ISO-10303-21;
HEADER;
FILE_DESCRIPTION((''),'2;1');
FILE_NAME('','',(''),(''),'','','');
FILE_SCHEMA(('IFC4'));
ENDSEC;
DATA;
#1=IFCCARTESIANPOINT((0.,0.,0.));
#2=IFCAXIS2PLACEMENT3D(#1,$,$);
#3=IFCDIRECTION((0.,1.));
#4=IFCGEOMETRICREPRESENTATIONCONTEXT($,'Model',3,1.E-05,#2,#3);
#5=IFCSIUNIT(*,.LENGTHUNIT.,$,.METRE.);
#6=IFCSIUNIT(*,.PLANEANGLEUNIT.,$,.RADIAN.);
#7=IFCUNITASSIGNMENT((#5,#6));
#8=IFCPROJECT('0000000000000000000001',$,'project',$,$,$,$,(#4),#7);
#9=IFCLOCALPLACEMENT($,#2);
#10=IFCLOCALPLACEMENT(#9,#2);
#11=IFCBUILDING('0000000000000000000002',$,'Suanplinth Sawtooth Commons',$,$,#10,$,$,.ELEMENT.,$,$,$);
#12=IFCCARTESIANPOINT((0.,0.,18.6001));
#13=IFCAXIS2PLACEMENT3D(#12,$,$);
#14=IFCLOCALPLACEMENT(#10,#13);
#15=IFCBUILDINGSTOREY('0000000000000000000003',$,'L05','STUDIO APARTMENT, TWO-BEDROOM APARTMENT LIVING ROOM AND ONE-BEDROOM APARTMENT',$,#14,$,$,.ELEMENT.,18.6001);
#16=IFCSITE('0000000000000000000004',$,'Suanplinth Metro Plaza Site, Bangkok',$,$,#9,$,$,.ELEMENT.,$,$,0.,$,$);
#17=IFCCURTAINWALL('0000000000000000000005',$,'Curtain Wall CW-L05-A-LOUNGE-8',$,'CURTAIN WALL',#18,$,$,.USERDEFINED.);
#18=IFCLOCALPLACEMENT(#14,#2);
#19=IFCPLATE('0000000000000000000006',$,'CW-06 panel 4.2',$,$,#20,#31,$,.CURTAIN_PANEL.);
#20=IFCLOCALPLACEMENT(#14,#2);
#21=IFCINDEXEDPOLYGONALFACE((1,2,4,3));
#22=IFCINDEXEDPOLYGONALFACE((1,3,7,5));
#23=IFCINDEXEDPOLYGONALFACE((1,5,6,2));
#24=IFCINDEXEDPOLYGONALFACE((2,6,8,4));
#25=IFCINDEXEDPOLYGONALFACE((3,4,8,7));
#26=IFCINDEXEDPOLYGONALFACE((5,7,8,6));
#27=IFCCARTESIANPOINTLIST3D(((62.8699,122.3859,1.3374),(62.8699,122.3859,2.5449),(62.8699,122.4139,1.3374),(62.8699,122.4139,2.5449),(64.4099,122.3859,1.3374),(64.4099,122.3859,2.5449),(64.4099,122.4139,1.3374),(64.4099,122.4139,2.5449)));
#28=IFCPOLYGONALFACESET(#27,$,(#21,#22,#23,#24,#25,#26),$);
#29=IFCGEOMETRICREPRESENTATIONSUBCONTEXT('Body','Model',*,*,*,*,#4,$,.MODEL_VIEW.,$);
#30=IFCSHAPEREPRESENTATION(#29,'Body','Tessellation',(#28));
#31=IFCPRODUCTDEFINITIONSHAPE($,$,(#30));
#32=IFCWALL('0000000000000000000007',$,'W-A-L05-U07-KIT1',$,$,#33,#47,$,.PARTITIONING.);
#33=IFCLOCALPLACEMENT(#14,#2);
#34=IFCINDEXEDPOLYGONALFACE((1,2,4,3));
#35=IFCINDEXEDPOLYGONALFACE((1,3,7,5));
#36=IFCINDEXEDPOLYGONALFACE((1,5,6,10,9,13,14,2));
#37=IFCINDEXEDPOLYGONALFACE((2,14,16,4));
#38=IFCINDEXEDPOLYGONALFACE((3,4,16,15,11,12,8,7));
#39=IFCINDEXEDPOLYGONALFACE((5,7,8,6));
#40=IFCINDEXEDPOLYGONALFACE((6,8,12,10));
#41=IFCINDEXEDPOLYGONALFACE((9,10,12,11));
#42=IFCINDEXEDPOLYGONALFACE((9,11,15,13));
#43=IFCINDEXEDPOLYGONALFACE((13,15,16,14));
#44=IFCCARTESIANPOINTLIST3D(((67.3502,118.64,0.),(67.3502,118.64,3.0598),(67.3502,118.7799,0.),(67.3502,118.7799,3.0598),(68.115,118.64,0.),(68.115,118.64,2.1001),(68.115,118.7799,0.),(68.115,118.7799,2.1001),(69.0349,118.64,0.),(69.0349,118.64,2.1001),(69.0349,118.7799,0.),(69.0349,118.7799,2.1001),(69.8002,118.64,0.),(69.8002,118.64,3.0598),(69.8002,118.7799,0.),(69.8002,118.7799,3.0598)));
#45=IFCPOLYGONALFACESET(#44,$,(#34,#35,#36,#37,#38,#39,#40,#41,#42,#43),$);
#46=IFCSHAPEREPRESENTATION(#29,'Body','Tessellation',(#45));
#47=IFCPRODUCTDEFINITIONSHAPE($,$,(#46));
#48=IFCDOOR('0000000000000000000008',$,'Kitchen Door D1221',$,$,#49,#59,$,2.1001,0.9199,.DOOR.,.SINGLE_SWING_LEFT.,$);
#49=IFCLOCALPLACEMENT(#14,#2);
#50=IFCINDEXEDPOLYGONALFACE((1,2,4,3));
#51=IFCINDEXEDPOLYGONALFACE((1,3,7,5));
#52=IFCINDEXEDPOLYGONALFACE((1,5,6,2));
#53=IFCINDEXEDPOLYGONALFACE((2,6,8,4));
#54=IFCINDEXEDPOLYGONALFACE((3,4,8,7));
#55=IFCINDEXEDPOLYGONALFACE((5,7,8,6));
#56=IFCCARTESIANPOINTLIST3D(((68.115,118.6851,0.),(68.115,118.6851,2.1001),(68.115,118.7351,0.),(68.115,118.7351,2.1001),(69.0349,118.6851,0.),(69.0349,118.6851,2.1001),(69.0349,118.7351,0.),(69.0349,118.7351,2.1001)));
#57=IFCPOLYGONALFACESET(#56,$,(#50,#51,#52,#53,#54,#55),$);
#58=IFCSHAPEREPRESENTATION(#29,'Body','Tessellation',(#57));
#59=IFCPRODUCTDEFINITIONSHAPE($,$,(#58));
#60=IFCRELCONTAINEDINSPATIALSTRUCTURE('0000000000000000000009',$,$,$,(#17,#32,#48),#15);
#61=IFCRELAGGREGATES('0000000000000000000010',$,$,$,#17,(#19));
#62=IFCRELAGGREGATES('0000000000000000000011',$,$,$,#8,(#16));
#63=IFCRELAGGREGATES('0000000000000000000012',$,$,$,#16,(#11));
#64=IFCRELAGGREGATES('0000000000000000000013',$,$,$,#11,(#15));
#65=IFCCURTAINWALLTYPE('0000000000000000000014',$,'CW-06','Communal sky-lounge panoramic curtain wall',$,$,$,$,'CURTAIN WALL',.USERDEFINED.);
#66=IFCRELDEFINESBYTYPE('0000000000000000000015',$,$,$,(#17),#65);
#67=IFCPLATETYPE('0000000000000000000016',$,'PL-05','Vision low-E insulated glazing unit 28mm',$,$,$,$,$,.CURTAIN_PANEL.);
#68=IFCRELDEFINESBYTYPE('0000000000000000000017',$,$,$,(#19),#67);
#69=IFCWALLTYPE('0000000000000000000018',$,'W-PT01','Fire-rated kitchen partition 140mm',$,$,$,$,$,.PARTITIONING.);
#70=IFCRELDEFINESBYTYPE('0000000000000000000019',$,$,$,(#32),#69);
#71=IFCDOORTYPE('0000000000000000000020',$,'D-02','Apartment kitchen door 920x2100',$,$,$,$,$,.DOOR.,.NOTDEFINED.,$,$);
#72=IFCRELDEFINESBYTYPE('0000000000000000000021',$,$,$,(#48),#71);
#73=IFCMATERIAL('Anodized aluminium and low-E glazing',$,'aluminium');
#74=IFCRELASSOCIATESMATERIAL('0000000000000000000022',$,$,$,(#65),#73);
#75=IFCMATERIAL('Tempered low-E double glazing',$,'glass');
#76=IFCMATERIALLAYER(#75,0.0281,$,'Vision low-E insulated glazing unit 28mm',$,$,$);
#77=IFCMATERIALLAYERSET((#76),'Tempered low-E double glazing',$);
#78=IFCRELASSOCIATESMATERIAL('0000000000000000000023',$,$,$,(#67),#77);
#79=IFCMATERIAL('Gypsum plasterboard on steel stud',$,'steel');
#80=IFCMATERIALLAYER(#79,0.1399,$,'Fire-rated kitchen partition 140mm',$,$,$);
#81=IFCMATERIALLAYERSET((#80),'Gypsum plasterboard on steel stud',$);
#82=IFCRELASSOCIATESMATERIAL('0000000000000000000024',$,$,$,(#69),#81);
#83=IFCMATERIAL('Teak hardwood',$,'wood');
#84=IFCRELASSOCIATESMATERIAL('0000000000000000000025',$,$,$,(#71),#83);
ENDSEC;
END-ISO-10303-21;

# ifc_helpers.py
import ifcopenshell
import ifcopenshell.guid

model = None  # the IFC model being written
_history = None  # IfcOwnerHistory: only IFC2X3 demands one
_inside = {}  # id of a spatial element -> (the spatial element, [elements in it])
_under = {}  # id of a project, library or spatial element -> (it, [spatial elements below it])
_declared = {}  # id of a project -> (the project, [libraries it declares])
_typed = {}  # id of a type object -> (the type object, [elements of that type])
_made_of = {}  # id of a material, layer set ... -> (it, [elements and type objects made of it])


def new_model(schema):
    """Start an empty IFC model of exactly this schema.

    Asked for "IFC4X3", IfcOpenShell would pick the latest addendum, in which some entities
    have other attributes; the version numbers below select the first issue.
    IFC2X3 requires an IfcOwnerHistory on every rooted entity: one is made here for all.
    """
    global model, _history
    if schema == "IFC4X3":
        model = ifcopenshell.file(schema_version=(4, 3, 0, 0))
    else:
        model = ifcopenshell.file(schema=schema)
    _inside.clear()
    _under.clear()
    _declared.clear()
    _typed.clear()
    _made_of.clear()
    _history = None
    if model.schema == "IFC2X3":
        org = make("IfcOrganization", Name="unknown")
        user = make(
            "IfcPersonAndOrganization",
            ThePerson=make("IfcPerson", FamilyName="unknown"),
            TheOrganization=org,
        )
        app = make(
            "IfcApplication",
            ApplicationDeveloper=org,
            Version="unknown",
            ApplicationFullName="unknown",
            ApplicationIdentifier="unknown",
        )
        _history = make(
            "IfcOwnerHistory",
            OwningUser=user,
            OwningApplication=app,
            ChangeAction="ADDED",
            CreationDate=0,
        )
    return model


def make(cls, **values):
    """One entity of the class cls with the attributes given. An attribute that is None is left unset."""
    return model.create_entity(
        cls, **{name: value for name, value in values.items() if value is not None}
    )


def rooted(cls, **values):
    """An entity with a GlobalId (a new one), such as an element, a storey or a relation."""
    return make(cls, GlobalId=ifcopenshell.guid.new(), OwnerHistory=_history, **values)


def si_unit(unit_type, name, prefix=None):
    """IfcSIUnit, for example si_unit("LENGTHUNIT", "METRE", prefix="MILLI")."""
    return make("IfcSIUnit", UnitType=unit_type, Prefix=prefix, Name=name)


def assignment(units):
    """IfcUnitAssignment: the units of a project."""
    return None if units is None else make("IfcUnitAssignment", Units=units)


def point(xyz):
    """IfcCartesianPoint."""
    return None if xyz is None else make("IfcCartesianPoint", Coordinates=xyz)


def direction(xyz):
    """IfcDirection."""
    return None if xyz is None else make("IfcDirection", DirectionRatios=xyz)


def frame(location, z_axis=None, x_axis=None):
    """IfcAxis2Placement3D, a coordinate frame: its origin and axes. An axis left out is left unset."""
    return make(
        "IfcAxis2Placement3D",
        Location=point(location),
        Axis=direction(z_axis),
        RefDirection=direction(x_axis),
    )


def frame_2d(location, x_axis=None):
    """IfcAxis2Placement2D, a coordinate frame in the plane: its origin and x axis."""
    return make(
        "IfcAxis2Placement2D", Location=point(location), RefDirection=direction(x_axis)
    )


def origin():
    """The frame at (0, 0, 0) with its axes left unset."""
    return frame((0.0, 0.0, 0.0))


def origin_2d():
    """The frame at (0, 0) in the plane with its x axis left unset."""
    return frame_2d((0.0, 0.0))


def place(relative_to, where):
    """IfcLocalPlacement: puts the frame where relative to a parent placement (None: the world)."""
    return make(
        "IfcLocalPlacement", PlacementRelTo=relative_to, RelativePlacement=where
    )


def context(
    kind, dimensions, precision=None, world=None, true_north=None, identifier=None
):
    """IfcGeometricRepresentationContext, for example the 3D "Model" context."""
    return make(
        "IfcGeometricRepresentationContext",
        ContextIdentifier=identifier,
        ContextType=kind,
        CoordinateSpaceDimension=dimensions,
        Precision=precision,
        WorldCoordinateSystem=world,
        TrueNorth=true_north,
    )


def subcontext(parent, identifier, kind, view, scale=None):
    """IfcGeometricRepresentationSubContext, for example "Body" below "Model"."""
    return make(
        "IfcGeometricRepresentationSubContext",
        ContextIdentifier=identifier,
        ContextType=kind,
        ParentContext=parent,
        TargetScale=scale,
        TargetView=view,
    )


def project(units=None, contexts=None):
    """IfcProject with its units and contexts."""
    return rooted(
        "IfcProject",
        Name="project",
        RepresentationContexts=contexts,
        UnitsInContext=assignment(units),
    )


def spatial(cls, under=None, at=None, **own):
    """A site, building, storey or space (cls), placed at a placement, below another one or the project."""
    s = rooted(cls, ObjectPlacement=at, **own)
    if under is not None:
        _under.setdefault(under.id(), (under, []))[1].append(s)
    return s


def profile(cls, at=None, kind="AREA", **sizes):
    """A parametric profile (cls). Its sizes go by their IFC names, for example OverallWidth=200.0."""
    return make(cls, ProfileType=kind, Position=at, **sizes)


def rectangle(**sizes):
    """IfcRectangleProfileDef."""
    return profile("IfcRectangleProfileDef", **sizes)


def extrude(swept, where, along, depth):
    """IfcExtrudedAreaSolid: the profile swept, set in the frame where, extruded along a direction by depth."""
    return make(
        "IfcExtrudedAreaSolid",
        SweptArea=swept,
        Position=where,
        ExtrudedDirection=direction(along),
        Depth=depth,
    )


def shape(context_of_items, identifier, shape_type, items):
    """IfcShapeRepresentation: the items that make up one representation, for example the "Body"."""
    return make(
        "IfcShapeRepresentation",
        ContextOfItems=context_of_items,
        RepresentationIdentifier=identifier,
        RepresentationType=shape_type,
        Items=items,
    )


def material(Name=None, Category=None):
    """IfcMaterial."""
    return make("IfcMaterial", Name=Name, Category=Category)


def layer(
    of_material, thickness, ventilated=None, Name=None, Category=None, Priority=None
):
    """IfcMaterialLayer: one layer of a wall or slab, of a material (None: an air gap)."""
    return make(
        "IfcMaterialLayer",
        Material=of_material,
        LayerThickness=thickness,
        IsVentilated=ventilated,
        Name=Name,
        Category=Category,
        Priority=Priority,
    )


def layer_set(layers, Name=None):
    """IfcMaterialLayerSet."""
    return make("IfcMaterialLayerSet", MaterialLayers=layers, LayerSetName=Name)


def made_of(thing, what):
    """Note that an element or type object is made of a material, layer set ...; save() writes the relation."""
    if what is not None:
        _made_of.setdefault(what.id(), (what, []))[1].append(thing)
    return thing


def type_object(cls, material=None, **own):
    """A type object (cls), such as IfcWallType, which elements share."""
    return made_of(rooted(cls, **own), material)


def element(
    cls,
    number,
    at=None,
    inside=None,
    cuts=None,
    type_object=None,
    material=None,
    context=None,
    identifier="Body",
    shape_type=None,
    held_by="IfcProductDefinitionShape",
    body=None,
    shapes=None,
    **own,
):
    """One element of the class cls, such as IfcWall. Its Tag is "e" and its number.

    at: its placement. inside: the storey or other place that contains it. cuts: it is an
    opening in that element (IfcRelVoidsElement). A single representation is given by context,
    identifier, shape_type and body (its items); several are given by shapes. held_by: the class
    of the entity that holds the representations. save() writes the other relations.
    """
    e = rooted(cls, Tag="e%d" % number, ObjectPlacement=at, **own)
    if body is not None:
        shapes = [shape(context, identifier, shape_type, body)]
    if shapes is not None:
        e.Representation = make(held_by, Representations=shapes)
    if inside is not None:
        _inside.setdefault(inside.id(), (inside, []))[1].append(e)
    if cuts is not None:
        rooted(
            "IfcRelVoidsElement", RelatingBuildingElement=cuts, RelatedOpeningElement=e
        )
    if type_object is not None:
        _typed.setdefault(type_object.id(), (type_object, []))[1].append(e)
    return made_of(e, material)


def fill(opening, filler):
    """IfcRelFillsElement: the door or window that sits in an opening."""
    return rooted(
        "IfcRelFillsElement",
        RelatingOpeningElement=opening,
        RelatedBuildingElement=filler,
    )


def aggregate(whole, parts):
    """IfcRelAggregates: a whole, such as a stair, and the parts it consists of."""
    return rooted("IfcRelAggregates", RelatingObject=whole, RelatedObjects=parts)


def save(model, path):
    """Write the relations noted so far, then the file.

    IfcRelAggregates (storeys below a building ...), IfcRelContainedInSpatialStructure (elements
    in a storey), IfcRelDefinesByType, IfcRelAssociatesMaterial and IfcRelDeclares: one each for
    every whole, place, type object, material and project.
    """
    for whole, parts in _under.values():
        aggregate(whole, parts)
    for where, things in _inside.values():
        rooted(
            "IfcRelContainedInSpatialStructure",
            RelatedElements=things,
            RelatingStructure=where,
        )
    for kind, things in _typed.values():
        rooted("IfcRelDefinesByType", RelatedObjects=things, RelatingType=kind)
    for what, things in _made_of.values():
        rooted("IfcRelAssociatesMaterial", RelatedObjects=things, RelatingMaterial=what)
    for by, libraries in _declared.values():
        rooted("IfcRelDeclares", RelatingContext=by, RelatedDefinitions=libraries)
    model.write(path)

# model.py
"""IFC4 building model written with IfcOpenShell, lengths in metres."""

from ifc_helpers import new_model, si_unit, direction, frame, frame_2d, origin, origin_2d, place, context, subcontext, project, spatial, rectangle, extrude, material, layer, layer_set, type_object, element, fill, aggregate, save


model = new_model("IFC4")

# Units and contexts
model_context = context("Model", 3, precision=1e-05, world=origin(), true_north=direction((0.0, 1.0)))
body_context = subcontext(model_context, "Body", "Model", "MODEL_VIEW")
ifc_project = project(units=[si_unit("LENGTHUNIT", "METRE"), si_unit("PLANEANGLEUNIT", "RADIAN")], contexts=[model_context])

# Site, building, storey
site_placement = place(None, origin())
site = spatial("IfcSite", under=ifc_project, at=site_placement, Name="Suanplinth Metro Plaza Site, Bangkok", CompositionType="ELEMENT", RefElevation=0.0)
building_placement = place(site_placement, origin())
building = spatial("IfcBuilding", under=site, at=building_placement, Name="Suanplinth Sawtooth Commons", CompositionType="ELEMENT")
storey_placement = place(building_placement, frame((0.0, 0.0, 18.6001)))
storey = spatial("IfcBuildingStorey", under=building, at=storey_placement, Name="L05", Description="STUDIO APARTMENT, TWO-BEDROOM APARTMENT LIVING ROOM AND ONE-BEDROOM APARTMENT", CompositionType="ELEMENT", Elevation=18.6001)

# Curtain wall
ifc_material_1 = material(Name="Anodized aluminium and low-E glazing", Category="aluminium")
curtain_wall_type = type_object("IfcCurtainWallType", Name="CW-06", Description="Communal sky-lounge panoramic curtain wall", ElementType="CURTAIN WALL", PredefinedType="USERDEFINED", material=ifc_material_1)
curtain_wall_placement = place(storey_placement, origin())
curtain_wall = element("IfcCurtainWall", 1, at=curtain_wall_placement, inside=storey, type_object=curtain_wall_type, Name="Curtain Wall CW-L05-A-LOUNGE-8", ObjectType="CURTAIN WALL", PredefinedType="USERDEFINED")

# Plate
ifc_material_2 = material(Name="Tempered low-E double glazing", Category="glass")
ifc_layer_1 = layer(ifc_material_2, 0.0281, Name="Vision low-E insulated glazing unit 28mm")
ifc_layer_set_1 = layer_set([ifc_layer_1], Name="Tempered low-E double glazing")
plate_type_1 = type_object("IfcPlateType", Name="PL-05", Description="Vision low-E insulated glazing unit 28mm", PredefinedType="CURTAIN_PANEL", material=ifc_layer_set_1)
plate_1_placement = place(storey_placement, frame((63.6399, 122.3999, 1.3374), z_axis=(0.0, 0.0, 1.0), x_axis=(1.0, 0.0, 0.0)))
plate_1 = element("IfcPlate", 2, at=plate_1_placement, type_object=plate_type_1, Name="CW-06 panel 4.2", PredefinedType="CURTAIN_PANEL", context=body_context, shape_type="SweptSolid", body=[
    extrude(rectangle(XDim=1.54, YDim=0.0281, at=origin_2d()), origin(), (0.0, 0.0, 1.0), 1.2075),
])
aggregate(curtain_wall, [plate_1])

# Wall, opening, door
ifc_material_3 = material(Name="Gypsum plasterboard on steel stud", Category="steel")
ifc_layer_2 = layer(ifc_material_3, 0.1399, Name="Fire-rated kitchen partition 140mm")
ifc_layer_set_2 = layer_set([ifc_layer_2], Name="Gypsum plasterboard on steel stud")
wall_type_1 = type_object("IfcWallType", Name="W-PT01", Description="Fire-rated kitchen partition 140mm", PredefinedType="PARTITIONING", material=ifc_layer_set_2)
wall_1_placement = place(storey_placement, frame((67.3501, 118.71, 0.0), z_axis=(0.0, 0.0, 1.0), x_axis=(1.0, 0.0, 0.0)))
wall_1 = element("IfcWall", 3, at=wall_1_placement, inside=storey, type_object=wall_type_1, Name="W-A-L05-U07-KIT1", PredefinedType="PARTITIONING", context=body_context, shape_type="SweptSolid", body=[
    extrude(rectangle(XDim=2.45, YDim=0.1399, at=frame_2d((1.2251, 0.0))), origin(), (0.0, 0.0, 1.0), 3.0598),
])
opening_1_placement = place(wall_1_placement, frame((0.7649, 0.0, 0.0)))
opening_1 = element("IfcOpeningElement", 4, at=opening_1_placement, cuts=wall_1, PredefinedType="OPENING", context=body_context, shape_type="SweptSolid", body=[
    extrude(rectangle(XDim=0.9199, YDim=2.1001, at=frame_2d((0.46, 1.05))), frame((0.0, 0.085, 0.0), z_axis=(0.0, -1.0, 0.0), x_axis=(1.0, 0.0, 0.0)), (0.0, 0.0, 1.0), 0.1697),
])
ifc_material_4 = material(Name="Teak hardwood", Category="wood")
door_type_1 = type_object("IfcDoorType", Name="D-02", Description="Apartment kitchen door 920x2100", OperationType="NOTDEFINED", PredefinedType="DOOR", material=ifc_material_4)
door_1_placement = place(opening_1_placement, frame((0.9199, 0.0, 0.0), z_axis=(0.0, 0.0, 1.0), x_axis=(-1.0, 0.0, 0.0)))
door_1 = element("IfcDoor", 5, at=door_1_placement, inside=storey, type_object=door_type_1, Name="Kitchen Door D1221", OperationType="SINGLE_SWING_LEFT", OverallHeight=2.1001, OverallWidth=0.9199, PredefinedType="DOOR", context=body_context, shape_type="SweptSolid", body=[
    extrude(rectangle(XDim=0.9199, YDim=2.1001, at=frame_2d((0.46, 1.05))), frame((0.0, 0.0249, 0.0), z_axis=(0.0, -1.0, 0.0), x_axis=(1.0, 0.0, 0.0)), (0.0, 0.0, 1.0), 0.05),
])
fill(opening_1, door_1)

save(model, "model.ifc")
